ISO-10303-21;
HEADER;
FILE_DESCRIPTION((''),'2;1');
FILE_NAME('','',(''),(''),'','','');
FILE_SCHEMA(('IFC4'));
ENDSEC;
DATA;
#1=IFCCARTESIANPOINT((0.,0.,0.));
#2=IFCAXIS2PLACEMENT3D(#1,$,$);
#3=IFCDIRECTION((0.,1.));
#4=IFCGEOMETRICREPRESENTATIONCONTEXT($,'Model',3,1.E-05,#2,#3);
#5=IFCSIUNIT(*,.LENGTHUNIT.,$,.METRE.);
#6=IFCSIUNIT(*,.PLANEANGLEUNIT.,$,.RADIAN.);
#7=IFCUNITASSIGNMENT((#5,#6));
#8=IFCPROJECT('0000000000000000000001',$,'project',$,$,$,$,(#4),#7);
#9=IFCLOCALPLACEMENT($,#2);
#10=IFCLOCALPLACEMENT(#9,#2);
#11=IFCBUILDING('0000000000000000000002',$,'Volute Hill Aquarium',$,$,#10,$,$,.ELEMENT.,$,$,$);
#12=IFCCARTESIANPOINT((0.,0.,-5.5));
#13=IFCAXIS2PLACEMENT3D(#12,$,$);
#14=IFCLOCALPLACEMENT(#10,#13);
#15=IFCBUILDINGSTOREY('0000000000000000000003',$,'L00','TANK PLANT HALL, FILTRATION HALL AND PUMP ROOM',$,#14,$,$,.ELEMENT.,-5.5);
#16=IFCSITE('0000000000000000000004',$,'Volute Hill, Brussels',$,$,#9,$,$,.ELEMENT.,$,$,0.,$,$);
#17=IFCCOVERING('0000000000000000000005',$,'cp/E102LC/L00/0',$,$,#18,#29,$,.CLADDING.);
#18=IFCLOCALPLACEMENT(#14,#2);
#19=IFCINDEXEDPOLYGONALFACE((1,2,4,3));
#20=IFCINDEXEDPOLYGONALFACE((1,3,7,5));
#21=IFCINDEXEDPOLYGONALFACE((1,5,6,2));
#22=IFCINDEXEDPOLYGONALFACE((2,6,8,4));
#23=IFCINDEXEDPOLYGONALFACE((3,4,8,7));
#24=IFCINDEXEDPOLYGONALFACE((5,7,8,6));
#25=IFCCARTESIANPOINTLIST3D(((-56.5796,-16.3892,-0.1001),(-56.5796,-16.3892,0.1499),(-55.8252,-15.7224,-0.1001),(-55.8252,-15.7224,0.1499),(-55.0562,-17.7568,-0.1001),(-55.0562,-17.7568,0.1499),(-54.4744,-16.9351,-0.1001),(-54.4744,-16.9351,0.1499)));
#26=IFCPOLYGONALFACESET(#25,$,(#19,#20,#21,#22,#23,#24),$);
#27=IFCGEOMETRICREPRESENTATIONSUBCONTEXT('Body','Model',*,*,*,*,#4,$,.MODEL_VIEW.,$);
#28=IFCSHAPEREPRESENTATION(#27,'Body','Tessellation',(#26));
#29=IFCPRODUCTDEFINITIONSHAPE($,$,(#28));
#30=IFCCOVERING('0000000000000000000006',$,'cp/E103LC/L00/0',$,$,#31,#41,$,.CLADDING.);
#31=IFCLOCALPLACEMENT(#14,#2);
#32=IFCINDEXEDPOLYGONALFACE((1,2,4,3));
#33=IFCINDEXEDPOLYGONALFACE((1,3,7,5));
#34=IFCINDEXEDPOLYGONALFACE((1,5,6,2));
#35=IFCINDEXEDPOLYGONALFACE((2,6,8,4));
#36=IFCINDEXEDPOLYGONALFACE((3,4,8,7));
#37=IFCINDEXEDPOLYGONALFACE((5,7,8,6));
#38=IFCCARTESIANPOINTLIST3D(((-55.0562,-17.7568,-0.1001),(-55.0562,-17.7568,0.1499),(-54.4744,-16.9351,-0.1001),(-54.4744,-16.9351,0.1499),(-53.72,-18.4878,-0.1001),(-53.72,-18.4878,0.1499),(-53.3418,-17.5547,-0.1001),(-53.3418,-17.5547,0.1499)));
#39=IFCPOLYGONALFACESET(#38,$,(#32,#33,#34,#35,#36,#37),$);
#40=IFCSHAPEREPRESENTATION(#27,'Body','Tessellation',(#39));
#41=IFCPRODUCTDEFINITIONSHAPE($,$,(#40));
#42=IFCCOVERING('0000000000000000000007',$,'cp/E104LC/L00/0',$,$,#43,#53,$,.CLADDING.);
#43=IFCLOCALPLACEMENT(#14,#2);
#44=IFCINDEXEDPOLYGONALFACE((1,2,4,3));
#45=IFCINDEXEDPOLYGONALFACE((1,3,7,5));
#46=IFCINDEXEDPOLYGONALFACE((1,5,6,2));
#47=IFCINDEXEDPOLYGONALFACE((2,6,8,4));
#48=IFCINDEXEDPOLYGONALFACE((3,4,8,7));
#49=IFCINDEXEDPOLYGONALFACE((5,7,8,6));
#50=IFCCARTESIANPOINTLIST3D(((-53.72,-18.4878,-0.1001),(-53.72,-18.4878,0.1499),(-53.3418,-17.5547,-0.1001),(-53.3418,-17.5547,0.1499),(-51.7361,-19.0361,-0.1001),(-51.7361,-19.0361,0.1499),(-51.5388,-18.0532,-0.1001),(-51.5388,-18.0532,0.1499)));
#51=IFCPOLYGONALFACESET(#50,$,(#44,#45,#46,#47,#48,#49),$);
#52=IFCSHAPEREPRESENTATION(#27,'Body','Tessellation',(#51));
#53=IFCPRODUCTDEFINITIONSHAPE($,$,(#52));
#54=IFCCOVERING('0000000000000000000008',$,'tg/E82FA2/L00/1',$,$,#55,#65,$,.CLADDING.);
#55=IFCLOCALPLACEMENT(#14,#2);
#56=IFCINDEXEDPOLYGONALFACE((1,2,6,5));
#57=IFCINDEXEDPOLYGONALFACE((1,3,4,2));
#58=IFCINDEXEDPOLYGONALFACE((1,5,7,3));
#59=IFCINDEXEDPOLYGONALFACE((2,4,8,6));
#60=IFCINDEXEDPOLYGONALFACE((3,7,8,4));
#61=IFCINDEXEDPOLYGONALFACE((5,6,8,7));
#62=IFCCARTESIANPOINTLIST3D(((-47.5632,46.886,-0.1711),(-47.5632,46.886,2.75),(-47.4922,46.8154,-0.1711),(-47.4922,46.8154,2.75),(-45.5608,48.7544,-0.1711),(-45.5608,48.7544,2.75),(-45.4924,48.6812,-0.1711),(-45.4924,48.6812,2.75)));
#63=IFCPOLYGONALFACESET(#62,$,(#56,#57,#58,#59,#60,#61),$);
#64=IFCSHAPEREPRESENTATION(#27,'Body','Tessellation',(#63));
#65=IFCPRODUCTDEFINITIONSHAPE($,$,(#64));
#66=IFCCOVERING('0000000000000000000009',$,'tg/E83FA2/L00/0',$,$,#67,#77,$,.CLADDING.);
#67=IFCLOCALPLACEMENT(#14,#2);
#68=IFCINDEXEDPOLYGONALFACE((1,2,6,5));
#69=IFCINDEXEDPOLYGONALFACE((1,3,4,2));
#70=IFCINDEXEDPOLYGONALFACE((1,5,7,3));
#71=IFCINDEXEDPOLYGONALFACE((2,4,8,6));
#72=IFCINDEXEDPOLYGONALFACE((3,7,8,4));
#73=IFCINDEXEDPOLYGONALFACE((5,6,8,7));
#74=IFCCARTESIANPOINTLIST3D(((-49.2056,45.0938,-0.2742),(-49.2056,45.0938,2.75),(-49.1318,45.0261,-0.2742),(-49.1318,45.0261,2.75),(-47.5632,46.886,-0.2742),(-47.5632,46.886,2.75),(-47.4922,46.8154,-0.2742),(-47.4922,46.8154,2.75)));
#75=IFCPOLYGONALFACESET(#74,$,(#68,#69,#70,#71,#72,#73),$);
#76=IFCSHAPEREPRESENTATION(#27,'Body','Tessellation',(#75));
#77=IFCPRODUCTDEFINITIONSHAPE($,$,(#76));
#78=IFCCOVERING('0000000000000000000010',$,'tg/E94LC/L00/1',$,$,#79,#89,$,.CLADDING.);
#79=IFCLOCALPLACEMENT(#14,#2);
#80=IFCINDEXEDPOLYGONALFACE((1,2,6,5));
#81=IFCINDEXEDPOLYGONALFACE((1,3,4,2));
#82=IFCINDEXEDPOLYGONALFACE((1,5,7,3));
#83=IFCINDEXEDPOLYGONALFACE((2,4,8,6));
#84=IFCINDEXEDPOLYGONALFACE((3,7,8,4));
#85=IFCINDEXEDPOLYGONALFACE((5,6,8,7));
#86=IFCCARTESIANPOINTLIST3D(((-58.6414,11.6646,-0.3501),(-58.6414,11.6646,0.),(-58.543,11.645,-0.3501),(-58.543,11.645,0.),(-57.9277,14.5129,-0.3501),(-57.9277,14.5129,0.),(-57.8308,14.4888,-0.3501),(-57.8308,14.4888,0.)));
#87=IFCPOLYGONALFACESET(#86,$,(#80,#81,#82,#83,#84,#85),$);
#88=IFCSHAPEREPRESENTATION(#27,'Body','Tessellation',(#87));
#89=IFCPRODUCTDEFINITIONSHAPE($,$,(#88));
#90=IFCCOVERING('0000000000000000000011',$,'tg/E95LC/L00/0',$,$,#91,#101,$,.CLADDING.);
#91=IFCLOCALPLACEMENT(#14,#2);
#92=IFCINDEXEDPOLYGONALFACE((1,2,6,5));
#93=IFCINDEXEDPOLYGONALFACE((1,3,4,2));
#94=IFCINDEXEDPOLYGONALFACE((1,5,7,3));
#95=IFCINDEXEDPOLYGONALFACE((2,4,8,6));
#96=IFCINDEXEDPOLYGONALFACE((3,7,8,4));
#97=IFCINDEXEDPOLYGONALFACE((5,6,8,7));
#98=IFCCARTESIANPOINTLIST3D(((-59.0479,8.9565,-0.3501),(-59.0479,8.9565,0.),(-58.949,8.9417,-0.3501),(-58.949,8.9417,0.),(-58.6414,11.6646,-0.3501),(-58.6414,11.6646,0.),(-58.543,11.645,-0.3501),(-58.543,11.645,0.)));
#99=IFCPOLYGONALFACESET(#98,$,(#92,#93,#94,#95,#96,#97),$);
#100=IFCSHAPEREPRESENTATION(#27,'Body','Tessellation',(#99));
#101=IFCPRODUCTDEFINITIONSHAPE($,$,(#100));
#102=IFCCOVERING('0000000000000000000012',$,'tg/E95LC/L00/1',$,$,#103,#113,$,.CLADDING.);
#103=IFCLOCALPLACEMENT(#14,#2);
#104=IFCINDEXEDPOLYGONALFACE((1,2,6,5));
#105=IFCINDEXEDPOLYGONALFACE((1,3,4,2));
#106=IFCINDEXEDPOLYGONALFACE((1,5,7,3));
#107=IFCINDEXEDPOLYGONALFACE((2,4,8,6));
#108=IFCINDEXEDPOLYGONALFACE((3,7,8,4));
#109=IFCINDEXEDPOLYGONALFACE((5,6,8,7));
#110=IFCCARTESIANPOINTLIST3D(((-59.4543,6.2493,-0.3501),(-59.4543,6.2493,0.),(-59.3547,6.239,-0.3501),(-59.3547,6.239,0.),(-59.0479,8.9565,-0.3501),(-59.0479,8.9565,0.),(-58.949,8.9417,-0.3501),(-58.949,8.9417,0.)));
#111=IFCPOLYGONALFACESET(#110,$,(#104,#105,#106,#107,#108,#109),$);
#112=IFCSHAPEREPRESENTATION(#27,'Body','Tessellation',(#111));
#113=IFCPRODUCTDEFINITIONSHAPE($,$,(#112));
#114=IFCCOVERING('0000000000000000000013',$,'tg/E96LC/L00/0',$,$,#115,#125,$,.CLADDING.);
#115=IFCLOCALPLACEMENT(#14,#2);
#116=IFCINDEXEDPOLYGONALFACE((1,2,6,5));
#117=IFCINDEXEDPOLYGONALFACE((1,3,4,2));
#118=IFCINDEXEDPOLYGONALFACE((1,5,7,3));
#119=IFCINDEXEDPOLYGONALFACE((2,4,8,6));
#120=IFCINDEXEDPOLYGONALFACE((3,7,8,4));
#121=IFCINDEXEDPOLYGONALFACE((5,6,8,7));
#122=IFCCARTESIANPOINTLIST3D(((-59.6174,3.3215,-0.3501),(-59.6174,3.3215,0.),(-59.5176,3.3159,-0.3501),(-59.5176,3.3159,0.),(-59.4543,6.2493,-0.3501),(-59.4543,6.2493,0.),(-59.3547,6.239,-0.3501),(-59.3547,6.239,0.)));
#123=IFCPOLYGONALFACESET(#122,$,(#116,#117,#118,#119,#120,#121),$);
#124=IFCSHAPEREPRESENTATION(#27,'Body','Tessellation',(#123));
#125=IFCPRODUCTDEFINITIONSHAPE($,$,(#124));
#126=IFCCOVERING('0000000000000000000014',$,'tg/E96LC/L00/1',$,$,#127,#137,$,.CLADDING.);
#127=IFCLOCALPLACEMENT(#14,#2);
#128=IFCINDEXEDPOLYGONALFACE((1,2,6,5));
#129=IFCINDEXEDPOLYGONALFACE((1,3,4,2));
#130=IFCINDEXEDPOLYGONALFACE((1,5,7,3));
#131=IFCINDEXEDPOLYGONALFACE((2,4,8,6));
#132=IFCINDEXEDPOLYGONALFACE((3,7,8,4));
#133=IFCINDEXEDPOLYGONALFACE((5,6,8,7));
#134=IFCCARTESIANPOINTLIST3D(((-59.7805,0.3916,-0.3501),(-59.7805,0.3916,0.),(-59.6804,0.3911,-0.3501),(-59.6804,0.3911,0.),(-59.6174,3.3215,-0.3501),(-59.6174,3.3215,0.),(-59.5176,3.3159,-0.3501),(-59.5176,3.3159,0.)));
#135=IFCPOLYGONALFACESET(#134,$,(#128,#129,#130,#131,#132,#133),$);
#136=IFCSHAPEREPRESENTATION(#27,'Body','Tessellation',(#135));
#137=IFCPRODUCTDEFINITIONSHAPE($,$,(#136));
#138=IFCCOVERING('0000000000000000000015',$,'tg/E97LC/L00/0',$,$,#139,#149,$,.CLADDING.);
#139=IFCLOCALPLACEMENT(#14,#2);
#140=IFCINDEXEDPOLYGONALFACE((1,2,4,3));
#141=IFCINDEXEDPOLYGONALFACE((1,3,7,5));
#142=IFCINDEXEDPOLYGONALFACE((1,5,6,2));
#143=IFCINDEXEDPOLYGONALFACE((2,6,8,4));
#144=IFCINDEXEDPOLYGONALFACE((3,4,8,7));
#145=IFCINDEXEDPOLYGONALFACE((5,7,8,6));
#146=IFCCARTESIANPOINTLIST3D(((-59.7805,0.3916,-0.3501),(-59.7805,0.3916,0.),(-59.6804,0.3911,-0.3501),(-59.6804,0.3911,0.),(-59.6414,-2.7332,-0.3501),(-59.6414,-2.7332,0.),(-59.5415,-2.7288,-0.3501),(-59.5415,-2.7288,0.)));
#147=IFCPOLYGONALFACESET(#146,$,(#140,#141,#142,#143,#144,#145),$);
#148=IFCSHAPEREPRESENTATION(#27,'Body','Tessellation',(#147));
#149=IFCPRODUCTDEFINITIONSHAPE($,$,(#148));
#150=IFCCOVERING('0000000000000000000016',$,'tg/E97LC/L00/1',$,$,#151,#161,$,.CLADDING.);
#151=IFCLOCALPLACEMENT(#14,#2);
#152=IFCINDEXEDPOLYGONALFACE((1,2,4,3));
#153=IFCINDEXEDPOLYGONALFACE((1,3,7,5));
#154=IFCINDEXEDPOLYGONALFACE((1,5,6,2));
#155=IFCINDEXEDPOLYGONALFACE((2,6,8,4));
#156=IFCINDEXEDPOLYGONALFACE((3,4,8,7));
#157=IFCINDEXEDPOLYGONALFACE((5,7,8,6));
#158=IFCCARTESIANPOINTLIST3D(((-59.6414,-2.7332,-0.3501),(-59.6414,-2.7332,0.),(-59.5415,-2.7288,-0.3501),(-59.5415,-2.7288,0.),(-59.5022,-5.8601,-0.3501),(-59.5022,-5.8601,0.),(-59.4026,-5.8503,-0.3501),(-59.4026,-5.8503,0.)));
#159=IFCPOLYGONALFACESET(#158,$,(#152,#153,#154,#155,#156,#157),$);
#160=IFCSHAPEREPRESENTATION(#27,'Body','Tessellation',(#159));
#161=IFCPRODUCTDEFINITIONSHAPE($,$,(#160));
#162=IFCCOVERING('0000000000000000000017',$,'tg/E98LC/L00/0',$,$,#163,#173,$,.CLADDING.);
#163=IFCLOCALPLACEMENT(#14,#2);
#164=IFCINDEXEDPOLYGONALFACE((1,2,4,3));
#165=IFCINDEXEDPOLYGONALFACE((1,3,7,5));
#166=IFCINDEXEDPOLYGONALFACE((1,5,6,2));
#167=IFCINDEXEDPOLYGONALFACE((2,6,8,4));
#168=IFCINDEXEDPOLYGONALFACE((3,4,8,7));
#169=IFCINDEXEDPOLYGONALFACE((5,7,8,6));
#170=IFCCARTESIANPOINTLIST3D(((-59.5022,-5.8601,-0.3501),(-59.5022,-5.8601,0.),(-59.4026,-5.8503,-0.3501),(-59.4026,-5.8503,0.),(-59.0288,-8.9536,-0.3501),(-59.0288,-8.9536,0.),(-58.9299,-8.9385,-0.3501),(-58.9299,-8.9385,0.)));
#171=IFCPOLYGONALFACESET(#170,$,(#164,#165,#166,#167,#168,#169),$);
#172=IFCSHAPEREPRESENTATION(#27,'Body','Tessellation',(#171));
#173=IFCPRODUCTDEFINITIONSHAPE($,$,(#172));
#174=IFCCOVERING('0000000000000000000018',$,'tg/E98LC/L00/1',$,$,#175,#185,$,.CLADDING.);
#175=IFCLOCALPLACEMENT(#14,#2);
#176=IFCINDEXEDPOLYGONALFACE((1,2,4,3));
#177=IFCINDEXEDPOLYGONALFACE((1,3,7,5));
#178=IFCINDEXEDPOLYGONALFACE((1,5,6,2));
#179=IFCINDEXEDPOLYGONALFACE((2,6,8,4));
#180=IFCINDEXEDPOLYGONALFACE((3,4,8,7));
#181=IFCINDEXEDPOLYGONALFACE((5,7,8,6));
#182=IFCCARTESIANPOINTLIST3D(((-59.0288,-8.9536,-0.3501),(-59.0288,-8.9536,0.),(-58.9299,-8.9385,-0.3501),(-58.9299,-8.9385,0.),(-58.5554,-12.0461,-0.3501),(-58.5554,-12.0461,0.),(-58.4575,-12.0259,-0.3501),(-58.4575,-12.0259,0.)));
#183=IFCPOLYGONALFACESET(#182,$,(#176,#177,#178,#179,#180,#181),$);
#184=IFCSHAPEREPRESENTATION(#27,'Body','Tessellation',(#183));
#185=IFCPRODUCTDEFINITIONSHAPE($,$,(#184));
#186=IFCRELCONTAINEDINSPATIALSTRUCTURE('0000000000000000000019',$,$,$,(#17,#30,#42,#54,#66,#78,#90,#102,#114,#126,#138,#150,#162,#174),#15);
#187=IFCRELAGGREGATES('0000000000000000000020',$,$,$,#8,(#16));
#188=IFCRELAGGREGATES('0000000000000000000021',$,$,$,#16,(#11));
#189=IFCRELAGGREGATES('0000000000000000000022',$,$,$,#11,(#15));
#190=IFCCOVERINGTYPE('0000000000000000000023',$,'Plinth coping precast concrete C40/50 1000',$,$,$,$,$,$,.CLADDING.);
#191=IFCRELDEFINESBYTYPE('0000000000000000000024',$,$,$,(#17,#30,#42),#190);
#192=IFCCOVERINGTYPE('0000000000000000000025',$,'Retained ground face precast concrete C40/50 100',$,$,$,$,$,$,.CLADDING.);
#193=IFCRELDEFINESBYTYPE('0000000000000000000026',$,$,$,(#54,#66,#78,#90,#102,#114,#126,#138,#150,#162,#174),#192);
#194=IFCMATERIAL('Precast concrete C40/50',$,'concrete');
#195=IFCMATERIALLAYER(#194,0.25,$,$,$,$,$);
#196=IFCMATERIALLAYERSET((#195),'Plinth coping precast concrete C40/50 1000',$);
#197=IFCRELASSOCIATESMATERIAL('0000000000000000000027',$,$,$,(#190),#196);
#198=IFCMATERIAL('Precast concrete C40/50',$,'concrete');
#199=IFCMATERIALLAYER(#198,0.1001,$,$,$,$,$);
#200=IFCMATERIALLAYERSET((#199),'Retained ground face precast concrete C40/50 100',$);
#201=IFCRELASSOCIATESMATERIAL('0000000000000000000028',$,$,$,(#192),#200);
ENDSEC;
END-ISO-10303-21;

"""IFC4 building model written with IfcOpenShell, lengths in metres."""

from ifc_helpers import new_model, si_unit, direction, frame, origin, place, context, subcontext, project, spatial, polyline, outline, extrude, material, layer, layer_set, type_object, element, save


model = new_model("IFC4")

# Units and contexts
model_context = context("Model", 3, precision=1e-05, world=origin(), true_north=direction((0.0, 1.0)))
body_context = subcontext(model_context, "Body", "Model", "MODEL_VIEW")
ifc_project = project(units=[si_unit("LENGTHUNIT", "METRE"), si_unit("PLANEANGLEUNIT", "RADIAN")], contexts=[model_context])

# Site, building, storey
site_placement = place(None, origin())
site = spatial("IfcSite", under=ifc_project, at=site_placement, Name="Volute Hill, Brussels", CompositionType="ELEMENT", RefElevation=0.0)
building_placement = place(site_placement, origin())
building = spatial("IfcBuilding", under=site, at=building_placement, Name="Volute Hill Aquarium", CompositionType="ELEMENT")
storey_placement = place(building_placement, frame((0.0, 0.0, -5.5)))
storey = spatial("IfcBuildingStorey", under=building, at=storey_placement, Name="L00", Description="TANK PLANT HALL, FILTRATION HALL AND PUMP ROOM", CompositionType="ELEMENT", Elevation=-5.5)

# Coverings
ifc_material_1 = material(Name="Precast concrete C40/50", Category="concrete")
ifc_layer_1 = layer(ifc_material_1, 0.25)
ifc_layer_set_1 = layer_set([ifc_layer_1], Name="Plinth coping precast concrete C40/50 1000")
covering_type_1 = type_object("IfcCoveringType", Name="Plinth coping precast concrete C40/50 1000", PredefinedType="CLADDING", material=ifc_layer_set_1)
covering_1_placement = place(storey_placement, frame((0.0, 0.0, -0.1001)))
element("IfcCovering", 1, at=covering_1_placement, inside=storey, type_object=covering_type_1, Name="cp/E102LC/L00/0", PredefinedType="CLADDING", context=body_context, shape_type="SweptSolid", body=[
    extrude(outline(polyline([(-56.5796, -16.3892), (-55.0562, -17.7568), (-54.4744, -16.9351), (-55.8252, -15.7224), (-56.5796, -16.3892)])), origin(), (0.0, 0.0, 1.0), 0.25),
])
covering_2_placement = place(storey_placement, frame((0.0, 0.0, -0.1001)))
element("IfcCovering", 2, at=covering_2_placement, inside=storey, type_object=covering_type_1, Name="cp/E103LC/L00/0", PredefinedType="CLADDING", context=body_context, shape_type="SweptSolid", body=[
    extrude(outline(polyline([(-55.0562, -17.7568), (-53.72, -18.4878), (-53.3418, -17.5547), (-53.3418, -17.5547), (-54.4744, -16.9351), (-54.4744, -16.9351), (-55.0562, -17.7568), (-55.0562, -17.7568)])), origin(), (0.0, 0.0, 1.0), 0.25),
])
covering_3_placement = place(storey_placement, frame((0.0, 0.0, -0.1001)))
element("IfcCovering", 3, at=covering_3_placement, inside=storey, type_object=covering_type_1, Name="cp/E104LC/L00/0", PredefinedType="CLADDING", context=body_context, shape_type="SweptSolid", body=[
    extrude(outline(polyline([(-51.7361, -19.0361), (-51.7361, -19.0361), (-51.5388, -18.0532), (-51.5388, -18.0532), (-53.3418, -17.5547), (-53.72, -18.4878), (-51.7361, -19.0361)])), origin(), (0.0, 0.0, 1.0), 0.25),
])
ifc_material_2 = material(Name="Precast concrete C40/50", Category="concrete")
ifc_layer_2 = layer(ifc_material_2, 0.1001)
ifc_layer_set_2 = layer_set([ifc_layer_2], Name="Retained ground face precast concrete C40/50 100")
covering_type_2 = type_object("IfcCoveringType", Name="Retained ground face precast concrete C40/50 100", PredefinedType="CLADDING", material=ifc_layer_set_2)
covering_4_placement = place(storey_placement, frame((0.0, 0.0, -0.1711)))
element("IfcCovering", 4, at=covering_4_placement, inside=storey, type_object=covering_type_2, Name="tg/E82FA2/L00/1", PredefinedType="CLADDING", context=body_context, shape_type="SweptSolid", body=[
    extrude(outline(polyline([(-45.5608, 48.7544), (-47.5632, 46.886), (-47.4922, 46.8154), (-47.4922, 46.8154), (-45.4924, 48.6812), (-45.5608, 48.7544)])), origin(), (0.0, 0.0, 1.0), 2.9211),
])
covering_5_placement = place(storey_placement, frame((0.0, 0.0, -0.2742)))
element("IfcCovering", 5, at=covering_5_placement, inside=storey, type_object=covering_type_2, Name="tg/E83FA2/L00/0", PredefinedType="CLADDING", context=body_context, shape_type="SweptSolid", body=[
    extrude(outline(polyline([(-47.5632, 46.886), (-49.2056, 45.0938), (-49.1318, 45.0261), (-47.4922, 46.8154), (-47.5632, 46.886)])), origin(), (0.0, 0.0, 1.0), 3.0242),
])
covering_6_placement = place(storey_placement, frame((0.0, 0.0, -0.3501)))
element("IfcCovering", 6, at=covering_6_placement, inside=storey, type_object=covering_type_2, Name="tg/E94LC/L00/1", PredefinedType="CLADDING", context=body_context, shape_type="SweptSolid", body=[
    extrude(outline(polyline([(-58.6414, 11.6646), (-58.6414, 11.6646), (-58.543, 11.645), (-58.543, 11.645), (-57.8308, 14.4888), (-57.9277, 14.5129), (-58.6414, 11.6646)])), origin(), (0.0, 0.0, 1.0), 0.3501),
])
covering_7_placement = place(storey_placement, frame((0.0, 0.0, -0.3501)))
element("IfcCovering", 7, at=covering_7_placement, inside=storey, type_object=covering_type_2, Name="tg/E95LC/L00/0", PredefinedType="CLADDING", context=body_context, shape_type="SweptSolid", body=[
    extrude(outline(polyline([(-58.6414, 11.6646), (-59.0479, 8.9565), (-58.949, 8.9417), (-58.543, 11.645), (-58.6414, 11.6646)])), origin(), (0.0, 0.0, 1.0), 0.3501),
])
covering_8_placement = place(storey_placement, frame((0.0, 0.0, -0.3501)))
element("IfcCovering", 8, at=covering_8_placement, inside=storey, type_object=covering_type_2, Name="tg/E95LC/L00/1", PredefinedType="CLADDING", context=body_context, shape_type="SweptSolid", body=[
    extrude(outline(polyline([(-59.0479, 8.9565), (-59.4543, 6.2493), (-59.3547, 6.239), (-58.949, 8.9417), (-59.0479, 8.9565)])), origin(), (0.0, 0.0, 1.0), 0.3501),
])
covering_9_placement = place(storey_placement, frame((0.0, 0.0, -0.3501)))
element("IfcCovering", 9, at=covering_9_placement, inside=storey, type_object=covering_type_2, Name="tg/E96LC/L00/0", PredefinedType="CLADDING", context=body_context, shape_type="SweptSolid", body=[
    extrude(outline(polyline([(-59.4543, 6.2493), (-59.6174, 3.3215), (-59.5176, 3.3159), (-59.3547, 6.239), (-59.3547, 6.239), (-59.4543, 6.2493), (-59.4543, 6.2493)])), origin(), (0.0, 0.0, 1.0), 0.3501),
])
covering_10_placement = place(storey_placement, frame((0.0, 0.0, -0.3501)))
element("IfcCovering", 10, at=covering_10_placement, inside=storey, type_object=covering_type_2, Name="tg/E96LC/L00/1", PredefinedType="CLADDING", context=body_context, shape_type="SweptSolid", body=[
    extrude(outline(polyline([(-59.7805, 0.3916), (-59.7805, 0.3916), (-59.6804, 0.3911), (-59.5176, 3.3159), (-59.6174, 3.3215), (-59.7805, 0.3916)])), origin(), (0.0, 0.0, 1.0), 0.3501),
])
covering_11_placement = place(storey_placement, frame((0.0, 0.0, -0.3501)))
element("IfcCovering", 11, at=covering_11_placement, inside=storey, type_object=covering_type_2, Name="tg/E97LC/L00/0", PredefinedType="CLADDING", context=body_context, shape_type="SweptSolid", body=[
    extrude(outline(polyline([(-59.7805, 0.3916), (-59.6414, -2.7332), (-59.5415, -2.7288), (-59.6804, 0.3911), (-59.6804, 0.3911), (-59.7805, 0.3916)])), origin(), (0.0, 0.0, 1.0), 0.3501),
])
covering_12_placement = place(storey_placement, frame((0.0, 0.0, -0.3501)))
element("IfcCovering", 12, at=covering_12_placement, inside=storey, type_object=covering_type_2, Name="tg/E97LC/L00/1", PredefinedType="CLADDING", context=body_context, shape_type="SweptSolid", body=[
    extrude(outline(polyline([(-59.6414, -2.7332), (-59.5022, -5.8601), (-59.4026, -5.8503), (-59.4026, -5.8503), (-59.5415, -2.7288), (-59.6414, -2.7332)])), origin(), (0.0, 0.0, 1.0), 0.3501),
])
covering_13_placement = place(storey_placement, frame((0.0, 0.0, -0.3501)))
element("IfcCovering", 13, at=covering_13_placement, inside=storey, type_object=covering_type_2, Name="tg/E98LC/L00/0", PredefinedType="CLADDING", context=body_context, shape_type="SweptSolid", body=[
    extrude(outline(polyline([(-59.5022, -5.8601), (-59.0288, -8.9536), (-58.9299, -8.9385), (-59.4026, -5.8503), (-59.5022, -5.8601), (-59.5022, -5.8601)])), origin(), (0.0, 0.0, 1.0), 0.3501),
])
covering_14_placement = place(storey_placement, frame((0.0, 0.0, -0.3501)))
element("IfcCovering", 14, at=covering_14_placement, inside=storey, type_object=covering_type_2, Name="tg/E98LC/L00/1", PredefinedType="CLADDING", context=body_context, shape_type="SweptSolid", body=[
    extrude(outline(polyline([(-58.5554, -12.0461), (-58.5554, -12.0461), (-58.4575, -12.0259), (-58.4575, -12.0259), (-58.9299, -8.9385), (-59.0288, -8.9536), (-58.5554, -12.0461)])), origin(), (0.0, 0.0, 1.0), 0.3501),
])

save(model, "model.ifc")
